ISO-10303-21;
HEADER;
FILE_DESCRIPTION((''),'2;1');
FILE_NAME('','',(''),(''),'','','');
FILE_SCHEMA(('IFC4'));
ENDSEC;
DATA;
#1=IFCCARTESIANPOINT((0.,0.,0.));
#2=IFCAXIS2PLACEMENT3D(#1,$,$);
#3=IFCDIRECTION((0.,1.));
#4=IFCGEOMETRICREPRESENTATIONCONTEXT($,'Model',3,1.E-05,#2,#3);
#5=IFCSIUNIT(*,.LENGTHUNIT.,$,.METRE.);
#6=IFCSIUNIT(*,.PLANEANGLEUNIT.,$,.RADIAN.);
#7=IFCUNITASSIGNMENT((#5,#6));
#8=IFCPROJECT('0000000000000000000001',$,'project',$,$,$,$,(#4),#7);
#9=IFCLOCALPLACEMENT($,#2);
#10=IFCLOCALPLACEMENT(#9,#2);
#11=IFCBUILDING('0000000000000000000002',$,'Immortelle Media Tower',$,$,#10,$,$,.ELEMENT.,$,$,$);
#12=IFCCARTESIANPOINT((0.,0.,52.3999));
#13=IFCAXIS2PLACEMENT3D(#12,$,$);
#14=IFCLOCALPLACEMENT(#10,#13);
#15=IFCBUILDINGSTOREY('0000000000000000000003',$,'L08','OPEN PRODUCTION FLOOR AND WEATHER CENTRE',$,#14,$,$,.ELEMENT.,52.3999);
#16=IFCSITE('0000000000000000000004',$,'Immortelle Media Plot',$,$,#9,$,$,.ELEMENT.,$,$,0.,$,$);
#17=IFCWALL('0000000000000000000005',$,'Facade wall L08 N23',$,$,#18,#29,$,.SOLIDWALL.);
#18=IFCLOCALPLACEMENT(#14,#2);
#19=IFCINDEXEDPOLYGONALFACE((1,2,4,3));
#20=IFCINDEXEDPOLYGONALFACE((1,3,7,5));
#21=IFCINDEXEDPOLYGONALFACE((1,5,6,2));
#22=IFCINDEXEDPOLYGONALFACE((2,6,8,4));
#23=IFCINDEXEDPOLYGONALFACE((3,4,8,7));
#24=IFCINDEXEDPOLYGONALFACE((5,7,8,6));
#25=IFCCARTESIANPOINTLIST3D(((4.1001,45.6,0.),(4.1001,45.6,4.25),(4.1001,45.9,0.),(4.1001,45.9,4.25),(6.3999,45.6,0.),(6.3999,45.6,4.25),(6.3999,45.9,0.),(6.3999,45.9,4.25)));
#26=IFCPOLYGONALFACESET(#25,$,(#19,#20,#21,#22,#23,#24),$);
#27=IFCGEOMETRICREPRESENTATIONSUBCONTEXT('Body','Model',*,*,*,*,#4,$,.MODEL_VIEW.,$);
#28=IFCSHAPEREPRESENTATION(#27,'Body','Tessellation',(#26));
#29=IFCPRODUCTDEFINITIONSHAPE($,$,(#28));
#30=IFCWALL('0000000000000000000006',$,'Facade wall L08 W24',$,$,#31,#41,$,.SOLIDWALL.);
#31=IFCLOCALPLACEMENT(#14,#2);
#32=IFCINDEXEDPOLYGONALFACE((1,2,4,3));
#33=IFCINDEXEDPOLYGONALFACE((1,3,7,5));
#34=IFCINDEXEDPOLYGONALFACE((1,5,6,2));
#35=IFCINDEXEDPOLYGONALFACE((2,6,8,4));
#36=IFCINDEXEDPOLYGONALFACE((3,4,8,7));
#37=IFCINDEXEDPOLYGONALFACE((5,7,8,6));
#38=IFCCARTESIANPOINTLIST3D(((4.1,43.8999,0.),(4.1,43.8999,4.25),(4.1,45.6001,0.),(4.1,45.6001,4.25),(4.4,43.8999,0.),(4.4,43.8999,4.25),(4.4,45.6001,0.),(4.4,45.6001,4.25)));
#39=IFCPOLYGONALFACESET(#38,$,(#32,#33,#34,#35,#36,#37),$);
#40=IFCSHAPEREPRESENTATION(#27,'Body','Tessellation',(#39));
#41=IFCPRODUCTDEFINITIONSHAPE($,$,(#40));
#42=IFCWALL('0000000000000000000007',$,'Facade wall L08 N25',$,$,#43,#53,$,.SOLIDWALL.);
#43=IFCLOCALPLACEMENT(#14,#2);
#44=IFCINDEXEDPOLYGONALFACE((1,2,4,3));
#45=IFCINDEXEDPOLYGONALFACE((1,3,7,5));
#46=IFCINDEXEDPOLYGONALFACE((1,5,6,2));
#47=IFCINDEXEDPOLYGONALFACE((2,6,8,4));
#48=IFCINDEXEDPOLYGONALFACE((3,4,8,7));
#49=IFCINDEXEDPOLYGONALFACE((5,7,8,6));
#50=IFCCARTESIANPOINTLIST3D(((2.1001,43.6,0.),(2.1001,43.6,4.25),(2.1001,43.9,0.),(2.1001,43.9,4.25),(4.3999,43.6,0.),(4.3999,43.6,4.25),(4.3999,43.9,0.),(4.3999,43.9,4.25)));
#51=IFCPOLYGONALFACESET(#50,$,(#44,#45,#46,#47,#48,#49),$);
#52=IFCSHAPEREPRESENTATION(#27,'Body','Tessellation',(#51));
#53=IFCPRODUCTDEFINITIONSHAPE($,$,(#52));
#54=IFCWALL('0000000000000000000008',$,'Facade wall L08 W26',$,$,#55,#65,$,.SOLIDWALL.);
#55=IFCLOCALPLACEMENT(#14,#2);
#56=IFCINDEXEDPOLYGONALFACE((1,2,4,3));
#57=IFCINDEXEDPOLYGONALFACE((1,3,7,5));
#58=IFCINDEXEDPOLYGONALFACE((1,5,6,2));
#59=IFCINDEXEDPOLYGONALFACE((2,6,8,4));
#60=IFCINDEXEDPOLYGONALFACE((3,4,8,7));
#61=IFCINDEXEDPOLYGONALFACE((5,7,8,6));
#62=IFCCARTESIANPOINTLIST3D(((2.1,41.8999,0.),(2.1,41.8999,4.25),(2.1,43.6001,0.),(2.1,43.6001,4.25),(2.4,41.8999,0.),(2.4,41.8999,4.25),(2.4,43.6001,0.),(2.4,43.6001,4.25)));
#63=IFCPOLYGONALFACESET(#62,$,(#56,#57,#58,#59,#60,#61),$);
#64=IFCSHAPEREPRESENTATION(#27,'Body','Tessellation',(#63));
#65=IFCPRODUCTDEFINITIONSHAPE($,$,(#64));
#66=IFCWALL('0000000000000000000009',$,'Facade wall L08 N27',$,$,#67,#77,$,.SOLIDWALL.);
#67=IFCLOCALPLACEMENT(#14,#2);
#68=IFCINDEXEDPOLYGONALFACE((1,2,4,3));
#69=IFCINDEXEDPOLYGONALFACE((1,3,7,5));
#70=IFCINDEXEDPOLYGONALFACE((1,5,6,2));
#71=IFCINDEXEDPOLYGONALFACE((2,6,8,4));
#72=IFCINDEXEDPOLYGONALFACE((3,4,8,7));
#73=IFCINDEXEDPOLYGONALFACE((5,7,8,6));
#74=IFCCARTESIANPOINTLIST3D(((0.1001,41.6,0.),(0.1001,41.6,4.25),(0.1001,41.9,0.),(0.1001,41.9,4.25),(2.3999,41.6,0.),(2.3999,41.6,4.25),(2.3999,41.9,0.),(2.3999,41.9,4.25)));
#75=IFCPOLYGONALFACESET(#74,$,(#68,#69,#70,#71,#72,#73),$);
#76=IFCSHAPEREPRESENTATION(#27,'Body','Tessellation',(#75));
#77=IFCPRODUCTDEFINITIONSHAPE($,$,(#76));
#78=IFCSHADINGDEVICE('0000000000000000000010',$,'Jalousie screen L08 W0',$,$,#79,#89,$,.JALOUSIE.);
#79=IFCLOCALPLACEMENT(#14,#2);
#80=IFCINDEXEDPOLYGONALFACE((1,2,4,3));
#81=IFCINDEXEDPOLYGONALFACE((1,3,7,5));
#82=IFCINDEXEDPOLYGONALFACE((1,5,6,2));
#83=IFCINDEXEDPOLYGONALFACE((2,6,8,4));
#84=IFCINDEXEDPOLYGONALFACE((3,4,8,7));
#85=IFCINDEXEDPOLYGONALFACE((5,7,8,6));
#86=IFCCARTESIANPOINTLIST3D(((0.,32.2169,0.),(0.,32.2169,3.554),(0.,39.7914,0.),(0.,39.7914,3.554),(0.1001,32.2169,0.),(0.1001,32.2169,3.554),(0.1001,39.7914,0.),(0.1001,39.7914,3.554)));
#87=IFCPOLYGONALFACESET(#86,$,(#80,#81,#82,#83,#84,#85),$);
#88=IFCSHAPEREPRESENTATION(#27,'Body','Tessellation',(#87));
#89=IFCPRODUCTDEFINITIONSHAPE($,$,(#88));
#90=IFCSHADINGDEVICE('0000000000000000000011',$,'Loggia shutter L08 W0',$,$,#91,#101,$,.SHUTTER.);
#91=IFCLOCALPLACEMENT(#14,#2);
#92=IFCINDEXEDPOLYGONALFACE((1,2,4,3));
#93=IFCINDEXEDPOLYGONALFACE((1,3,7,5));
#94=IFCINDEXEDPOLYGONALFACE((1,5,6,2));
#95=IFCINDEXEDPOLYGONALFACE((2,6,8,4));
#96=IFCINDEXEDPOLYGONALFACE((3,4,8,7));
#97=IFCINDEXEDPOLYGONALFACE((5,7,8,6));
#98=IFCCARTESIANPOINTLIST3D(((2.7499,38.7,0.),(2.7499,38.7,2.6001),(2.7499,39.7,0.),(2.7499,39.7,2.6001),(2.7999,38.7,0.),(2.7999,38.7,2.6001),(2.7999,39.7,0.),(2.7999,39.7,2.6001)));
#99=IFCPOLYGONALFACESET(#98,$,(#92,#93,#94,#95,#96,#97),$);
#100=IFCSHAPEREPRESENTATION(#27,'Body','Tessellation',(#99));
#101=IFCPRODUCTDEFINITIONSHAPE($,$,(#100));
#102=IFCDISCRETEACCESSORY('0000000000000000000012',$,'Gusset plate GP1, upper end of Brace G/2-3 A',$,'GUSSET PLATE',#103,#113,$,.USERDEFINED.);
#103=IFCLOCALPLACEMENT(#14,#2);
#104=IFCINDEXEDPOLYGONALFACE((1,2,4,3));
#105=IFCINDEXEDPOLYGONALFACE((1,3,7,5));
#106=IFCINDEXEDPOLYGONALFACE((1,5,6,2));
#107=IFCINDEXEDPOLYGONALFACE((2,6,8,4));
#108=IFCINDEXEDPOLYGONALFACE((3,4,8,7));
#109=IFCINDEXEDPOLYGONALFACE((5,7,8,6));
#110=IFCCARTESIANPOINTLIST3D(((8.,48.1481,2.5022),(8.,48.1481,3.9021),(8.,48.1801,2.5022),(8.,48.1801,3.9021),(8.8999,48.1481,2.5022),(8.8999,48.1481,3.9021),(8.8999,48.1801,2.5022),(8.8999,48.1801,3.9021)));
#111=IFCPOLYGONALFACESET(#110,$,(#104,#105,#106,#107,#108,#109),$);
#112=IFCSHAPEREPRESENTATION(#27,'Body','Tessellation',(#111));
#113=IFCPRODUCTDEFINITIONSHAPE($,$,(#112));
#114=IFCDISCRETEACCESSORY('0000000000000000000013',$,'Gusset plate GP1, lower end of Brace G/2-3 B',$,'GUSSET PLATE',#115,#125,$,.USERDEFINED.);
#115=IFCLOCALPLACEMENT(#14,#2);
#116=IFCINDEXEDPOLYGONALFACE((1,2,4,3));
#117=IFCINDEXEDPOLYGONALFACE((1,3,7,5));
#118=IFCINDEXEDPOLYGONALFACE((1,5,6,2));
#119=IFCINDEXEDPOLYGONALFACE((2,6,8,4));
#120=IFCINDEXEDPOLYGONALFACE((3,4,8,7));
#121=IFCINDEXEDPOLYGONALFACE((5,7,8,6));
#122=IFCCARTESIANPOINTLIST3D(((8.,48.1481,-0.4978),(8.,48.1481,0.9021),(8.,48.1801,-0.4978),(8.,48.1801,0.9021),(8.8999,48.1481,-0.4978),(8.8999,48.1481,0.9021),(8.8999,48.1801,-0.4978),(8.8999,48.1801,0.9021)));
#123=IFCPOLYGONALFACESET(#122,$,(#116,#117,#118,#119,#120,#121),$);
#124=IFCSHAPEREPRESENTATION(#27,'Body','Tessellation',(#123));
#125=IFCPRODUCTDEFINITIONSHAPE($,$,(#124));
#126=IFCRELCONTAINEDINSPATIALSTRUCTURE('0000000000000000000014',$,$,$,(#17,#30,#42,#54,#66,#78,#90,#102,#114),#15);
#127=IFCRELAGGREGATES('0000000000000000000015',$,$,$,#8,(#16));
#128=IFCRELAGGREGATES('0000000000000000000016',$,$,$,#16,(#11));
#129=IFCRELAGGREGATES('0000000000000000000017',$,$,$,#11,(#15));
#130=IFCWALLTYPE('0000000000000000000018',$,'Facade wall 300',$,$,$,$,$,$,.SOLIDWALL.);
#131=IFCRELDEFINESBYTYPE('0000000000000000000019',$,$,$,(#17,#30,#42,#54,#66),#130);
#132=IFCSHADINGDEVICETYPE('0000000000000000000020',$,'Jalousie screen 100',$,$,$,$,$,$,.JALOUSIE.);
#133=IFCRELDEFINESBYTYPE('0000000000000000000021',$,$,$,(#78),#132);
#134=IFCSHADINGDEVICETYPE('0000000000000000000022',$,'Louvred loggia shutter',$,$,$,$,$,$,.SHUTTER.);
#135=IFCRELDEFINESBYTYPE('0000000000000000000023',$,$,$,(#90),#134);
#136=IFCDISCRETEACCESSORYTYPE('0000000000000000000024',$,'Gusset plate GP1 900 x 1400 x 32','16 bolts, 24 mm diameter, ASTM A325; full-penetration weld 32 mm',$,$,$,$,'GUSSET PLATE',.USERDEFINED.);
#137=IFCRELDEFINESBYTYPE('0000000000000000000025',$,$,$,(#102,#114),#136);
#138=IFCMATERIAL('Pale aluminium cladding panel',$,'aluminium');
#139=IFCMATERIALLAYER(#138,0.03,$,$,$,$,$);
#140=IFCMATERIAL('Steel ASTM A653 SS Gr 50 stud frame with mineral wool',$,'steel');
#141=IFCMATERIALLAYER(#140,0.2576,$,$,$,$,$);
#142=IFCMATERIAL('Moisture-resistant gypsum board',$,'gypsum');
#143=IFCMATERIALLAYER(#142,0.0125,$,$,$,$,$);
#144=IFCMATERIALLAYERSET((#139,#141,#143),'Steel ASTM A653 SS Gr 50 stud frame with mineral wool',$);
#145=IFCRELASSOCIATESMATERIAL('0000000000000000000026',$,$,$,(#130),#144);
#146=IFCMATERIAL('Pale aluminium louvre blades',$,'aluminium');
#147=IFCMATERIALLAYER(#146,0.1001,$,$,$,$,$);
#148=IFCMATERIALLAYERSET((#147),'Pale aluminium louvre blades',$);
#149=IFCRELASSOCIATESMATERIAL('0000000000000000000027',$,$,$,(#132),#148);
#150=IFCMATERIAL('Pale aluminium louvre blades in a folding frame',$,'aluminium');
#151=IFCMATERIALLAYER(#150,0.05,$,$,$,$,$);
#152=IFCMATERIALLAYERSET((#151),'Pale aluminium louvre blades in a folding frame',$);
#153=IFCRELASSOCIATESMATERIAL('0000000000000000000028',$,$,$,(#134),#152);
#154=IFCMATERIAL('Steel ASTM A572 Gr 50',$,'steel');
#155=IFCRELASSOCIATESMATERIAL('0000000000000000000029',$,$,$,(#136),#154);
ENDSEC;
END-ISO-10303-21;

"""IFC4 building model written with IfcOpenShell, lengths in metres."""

from ifc_helpers import new_model, si_unit, direction, frame, frame_2d, origin, origin_2d, place, context, subcontext, project, spatial, rectangle, extrude, material, layer, layer_set, material_profile, profile_set, type_object, element, save


model = new_model("IFC4")

# Units and contexts
model_context = context("Model", 3, precision=1e-05, world=origin(), true_north=direction((0.0, 1.0)))
body_context = subcontext(model_context, "Body", "Model", "MODEL_VIEW")
ifc_project = project(units=[si_unit("LENGTHUNIT", "METRE"), si_unit("PLANEANGLEUNIT", "RADIAN")], contexts=[model_context])

# Site, building, storey
site_placement = place(None, origin())
site = spatial("IfcSite", under=ifc_project, at=site_placement, Name="Immortelle Media Plot", CompositionType="ELEMENT", RefElevation=0.0)
building_placement = place(site_placement, origin())
building = spatial("IfcBuilding", under=site, at=building_placement, Name="Immortelle Media Tower", CompositionType="ELEMENT")
storey_placement = place(building_placement, frame((0.0, 0.0, 52.3999)))
storey = spatial("IfcBuildingStorey", under=building, at=storey_placement, Name="L08", Description="OPEN PRODUCTION FLOOR AND WEATHER CENTRE", CompositionType="ELEMENT", Elevation=52.3999)

# Shared definitions
ifc_material_1 = material(Name="Pale aluminium cladding panel", Category="aluminium")
ifc_layer_1 = layer(ifc_material_1, 0.03)
ifc_material_2 = material(Name="Steel ASTM A653 SS Gr 50 stud frame with mineral wool", Category="steel")
ifc_layer_2 = layer(ifc_material_2, 0.2576)
ifc_material_3 = material(Name="Moisture-resistant gypsum board", Category="gypsum")
ifc_layer_3 = layer(ifc_material_3, 0.0125)
ifc_layer_set_1 = layer_set([ifc_layer_1, ifc_layer_2, ifc_layer_3], Name="Steel ASTM A653 SS Gr 50 stud frame with mineral wool")
wall_type = type_object("IfcWallType", Name="Facade wall 300", PredefinedType="SOLIDWALL", material=ifc_layer_set_1)

# Walls
wall_1_placement = place(storey_placement, frame((6.3999, 45.75, 0.0), z_axis=(0.0, 0.0, 1.0), x_axis=(-1.0, 0.0, 0.0)))
element("IfcWall", 1, at=wall_1_placement, inside=storey, type_object=wall_type, Name="Facade wall L08 N23", PredefinedType="SOLIDWALL", context=body_context, shape_type="SweptSolid", body=[
    extrude(rectangle(XDim=2.2998, YDim=0.3, at=frame_2d((1.1499, 0.0))), origin(), (0.0, 0.0, 1.0), 4.25),
])
wall_2_placement = place(storey_placement, frame((4.25, 45.6001, 0.0), z_axis=(0.0, 0.0, 1.0), x_axis=(0.0, -1.0, 0.0)))
element("IfcWall", 2, at=wall_2_placement, inside=storey, type_object=wall_type, Name="Facade wall L08 W24", PredefinedType="SOLIDWALL", context=body_context, shape_type="SweptSolid", body=[
    extrude(rectangle(XDim=1.7002, YDim=0.3, at=frame_2d((0.8501, 0.0))), origin(), (0.0, 0.0, 1.0), 4.25),
])
wall_3_placement = place(storey_placement, frame((4.3999, 43.75, 0.0), z_axis=(0.0, 0.0, 1.0), x_axis=(-1.0, 0.0, 0.0)))
element("IfcWall", 3, at=wall_3_placement, inside=storey, type_object=wall_type, Name="Facade wall L08 N25", PredefinedType="SOLIDWALL", context=body_context, shape_type="SweptSolid", body=[
    extrude(rectangle(XDim=2.2998, YDim=0.3, at=frame_2d((1.1499, 0.0))), origin(), (0.0, 0.0, 1.0), 4.25),
])
wall_4_placement = place(storey_placement, frame((2.25, 43.6001, 0.0), z_axis=(0.0, 0.0, 1.0), x_axis=(0.0, -1.0, 0.0)))
element("IfcWall", 4, at=wall_4_placement, inside=storey, type_object=wall_type, Name="Facade wall L08 W26", PredefinedType="SOLIDWALL", context=body_context, shape_type="SweptSolid", body=[
    extrude(rectangle(XDim=1.7002, YDim=0.3, at=frame_2d((0.8501, 0.0))), origin(), (0.0, 0.0, 1.0), 4.25),
])
wall_5_placement = place(storey_placement, frame((2.3999, 41.75, 0.0), z_axis=(0.0, 0.0, 1.0), x_axis=(-1.0, 0.0, 0.0)))
element("IfcWall", 5, at=wall_5_placement, inside=storey, type_object=wall_type, Name="Facade wall L08 N27", PredefinedType="SOLIDWALL", context=body_context, shape_type="SweptSolid", body=[
    extrude(rectangle(XDim=2.2998, YDim=0.3, at=frame_2d((1.1499, 0.0))), origin(), (0.0, 0.0, 1.0), 4.25),
])

# Shading devices
ifc_material_4 = material(Name="Pale aluminium louvre blades", Category="aluminium")
ifc_layer_4 = layer(ifc_material_4, 0.1001)
ifc_layer_set_2 = layer_set([ifc_layer_4], Name="Pale aluminium louvre blades")
shading_device_type_1 = type_object("IfcShadingDeviceType", Name="Jalousie screen 100", PredefinedType="JALOUSIE", material=ifc_layer_set_2)
shading_device_1_placement = place(storey_placement, frame((0.05, 36.0042, 0.0), z_axis=(0.0, 0.0, 1.0), x_axis=(0.0, -1.0, 0.0)))
element("IfcShadingDevice", 6, at=shading_device_1_placement, inside=storey, type_object=shading_device_type_1, Name="Jalousie screen L08 W0", PredefinedType="JALOUSIE", context=body_context, shape_type="SweptSolid", body=[
    extrude(rectangle(XDim=7.5745, YDim=0.1001, at=origin_2d()), origin(), (0.0, 0.0, 1.0), 3.554),
])
ifc_material_5 = material(Name="Pale aluminium louvre blades in a folding frame", Category="aluminium")
ifc_layer_5 = layer(ifc_material_5, 0.05)
ifc_layer_set_3 = layer_set([ifc_layer_5], Name="Pale aluminium louvre blades in a folding frame")
shading_device_type_2 = type_object("IfcShadingDeviceType", Name="Louvred loggia shutter", PredefinedType="SHUTTER", material=ifc_layer_set_3)
shading_device_2_placement = place(storey_placement, frame((2.7749, 39.2, 0.0), z_axis=(0.0, 0.0, 1.0), x_axis=(0.0, -1.0, 0.0)))
element("IfcShadingDevice", 7, at=shading_device_2_placement, inside=storey, type_object=shading_device_type_2, Name="Loggia shutter L08 W0", PredefinedType="SHUTTER", context=body_context, shape_type="SweptSolid", body=[
    extrude(rectangle(XDim=1.0, YDim=0.05, at=origin_2d()), origin(), (0.0, 0.0, 1.0), 2.6001),
])

# Discrete accessories
ifc_material_6 = material(Name="Steel ASTM A572 Gr 50", Category="steel")
ifc_material_profile_1 = material_profile(ifc_material_6, rectangle(XDim=0.032, YDim=1.3999, at=origin_2d()), Name="PL 32 x 1400")
ifc_profile_set_1 = profile_set([ifc_material_profile_1], Name="Steel ASTM A572 Gr 50")
discrete_accessory_type = type_object("IfcDiscreteAccessoryType", Name="Gusset plate GP1 900 x 1400 x 32", Description="16 bolts, 24 mm diameter, ASTM A325; full-penetration weld 32 mm", ElementType="GUSSET PLATE", PredefinedType="USERDEFINED", material=ifc_profile_set_1)
for number, where, z_axis, x_axis, name in (
    (8, (8.0, 48.1641, 3.2021), (1.0, 0.0, 0.0), (0.0, 1.0, 0.0), "Gusset plate GP1, upper end of Brace G/2-3 A"),
    (9, (8.0, 48.1641, 0.2021), (1.0, 0.0, 0.0), (0.0, 1.0, 0.0), "Gusset plate GP1, lower end of Brace G/2-3 B"),
):
    element("IfcDiscreteAccessory", number, at=place(storey_placement, frame(where, z_axis=z_axis, x_axis=x_axis)), inside=storey, type_object=discrete_accessory_type, Name=name, ObjectType="GUSSET PLATE", PredefinedType="USERDEFINED", context=body_context, shape_type="SweptSolid", body=[
        extrude(rectangle(XDim=0.032, YDim=1.3999, at=origin_2d()), origin(), (0.0, 0.0, 1.0), 0.8999),
    ])

save(model, "model.ifc")
